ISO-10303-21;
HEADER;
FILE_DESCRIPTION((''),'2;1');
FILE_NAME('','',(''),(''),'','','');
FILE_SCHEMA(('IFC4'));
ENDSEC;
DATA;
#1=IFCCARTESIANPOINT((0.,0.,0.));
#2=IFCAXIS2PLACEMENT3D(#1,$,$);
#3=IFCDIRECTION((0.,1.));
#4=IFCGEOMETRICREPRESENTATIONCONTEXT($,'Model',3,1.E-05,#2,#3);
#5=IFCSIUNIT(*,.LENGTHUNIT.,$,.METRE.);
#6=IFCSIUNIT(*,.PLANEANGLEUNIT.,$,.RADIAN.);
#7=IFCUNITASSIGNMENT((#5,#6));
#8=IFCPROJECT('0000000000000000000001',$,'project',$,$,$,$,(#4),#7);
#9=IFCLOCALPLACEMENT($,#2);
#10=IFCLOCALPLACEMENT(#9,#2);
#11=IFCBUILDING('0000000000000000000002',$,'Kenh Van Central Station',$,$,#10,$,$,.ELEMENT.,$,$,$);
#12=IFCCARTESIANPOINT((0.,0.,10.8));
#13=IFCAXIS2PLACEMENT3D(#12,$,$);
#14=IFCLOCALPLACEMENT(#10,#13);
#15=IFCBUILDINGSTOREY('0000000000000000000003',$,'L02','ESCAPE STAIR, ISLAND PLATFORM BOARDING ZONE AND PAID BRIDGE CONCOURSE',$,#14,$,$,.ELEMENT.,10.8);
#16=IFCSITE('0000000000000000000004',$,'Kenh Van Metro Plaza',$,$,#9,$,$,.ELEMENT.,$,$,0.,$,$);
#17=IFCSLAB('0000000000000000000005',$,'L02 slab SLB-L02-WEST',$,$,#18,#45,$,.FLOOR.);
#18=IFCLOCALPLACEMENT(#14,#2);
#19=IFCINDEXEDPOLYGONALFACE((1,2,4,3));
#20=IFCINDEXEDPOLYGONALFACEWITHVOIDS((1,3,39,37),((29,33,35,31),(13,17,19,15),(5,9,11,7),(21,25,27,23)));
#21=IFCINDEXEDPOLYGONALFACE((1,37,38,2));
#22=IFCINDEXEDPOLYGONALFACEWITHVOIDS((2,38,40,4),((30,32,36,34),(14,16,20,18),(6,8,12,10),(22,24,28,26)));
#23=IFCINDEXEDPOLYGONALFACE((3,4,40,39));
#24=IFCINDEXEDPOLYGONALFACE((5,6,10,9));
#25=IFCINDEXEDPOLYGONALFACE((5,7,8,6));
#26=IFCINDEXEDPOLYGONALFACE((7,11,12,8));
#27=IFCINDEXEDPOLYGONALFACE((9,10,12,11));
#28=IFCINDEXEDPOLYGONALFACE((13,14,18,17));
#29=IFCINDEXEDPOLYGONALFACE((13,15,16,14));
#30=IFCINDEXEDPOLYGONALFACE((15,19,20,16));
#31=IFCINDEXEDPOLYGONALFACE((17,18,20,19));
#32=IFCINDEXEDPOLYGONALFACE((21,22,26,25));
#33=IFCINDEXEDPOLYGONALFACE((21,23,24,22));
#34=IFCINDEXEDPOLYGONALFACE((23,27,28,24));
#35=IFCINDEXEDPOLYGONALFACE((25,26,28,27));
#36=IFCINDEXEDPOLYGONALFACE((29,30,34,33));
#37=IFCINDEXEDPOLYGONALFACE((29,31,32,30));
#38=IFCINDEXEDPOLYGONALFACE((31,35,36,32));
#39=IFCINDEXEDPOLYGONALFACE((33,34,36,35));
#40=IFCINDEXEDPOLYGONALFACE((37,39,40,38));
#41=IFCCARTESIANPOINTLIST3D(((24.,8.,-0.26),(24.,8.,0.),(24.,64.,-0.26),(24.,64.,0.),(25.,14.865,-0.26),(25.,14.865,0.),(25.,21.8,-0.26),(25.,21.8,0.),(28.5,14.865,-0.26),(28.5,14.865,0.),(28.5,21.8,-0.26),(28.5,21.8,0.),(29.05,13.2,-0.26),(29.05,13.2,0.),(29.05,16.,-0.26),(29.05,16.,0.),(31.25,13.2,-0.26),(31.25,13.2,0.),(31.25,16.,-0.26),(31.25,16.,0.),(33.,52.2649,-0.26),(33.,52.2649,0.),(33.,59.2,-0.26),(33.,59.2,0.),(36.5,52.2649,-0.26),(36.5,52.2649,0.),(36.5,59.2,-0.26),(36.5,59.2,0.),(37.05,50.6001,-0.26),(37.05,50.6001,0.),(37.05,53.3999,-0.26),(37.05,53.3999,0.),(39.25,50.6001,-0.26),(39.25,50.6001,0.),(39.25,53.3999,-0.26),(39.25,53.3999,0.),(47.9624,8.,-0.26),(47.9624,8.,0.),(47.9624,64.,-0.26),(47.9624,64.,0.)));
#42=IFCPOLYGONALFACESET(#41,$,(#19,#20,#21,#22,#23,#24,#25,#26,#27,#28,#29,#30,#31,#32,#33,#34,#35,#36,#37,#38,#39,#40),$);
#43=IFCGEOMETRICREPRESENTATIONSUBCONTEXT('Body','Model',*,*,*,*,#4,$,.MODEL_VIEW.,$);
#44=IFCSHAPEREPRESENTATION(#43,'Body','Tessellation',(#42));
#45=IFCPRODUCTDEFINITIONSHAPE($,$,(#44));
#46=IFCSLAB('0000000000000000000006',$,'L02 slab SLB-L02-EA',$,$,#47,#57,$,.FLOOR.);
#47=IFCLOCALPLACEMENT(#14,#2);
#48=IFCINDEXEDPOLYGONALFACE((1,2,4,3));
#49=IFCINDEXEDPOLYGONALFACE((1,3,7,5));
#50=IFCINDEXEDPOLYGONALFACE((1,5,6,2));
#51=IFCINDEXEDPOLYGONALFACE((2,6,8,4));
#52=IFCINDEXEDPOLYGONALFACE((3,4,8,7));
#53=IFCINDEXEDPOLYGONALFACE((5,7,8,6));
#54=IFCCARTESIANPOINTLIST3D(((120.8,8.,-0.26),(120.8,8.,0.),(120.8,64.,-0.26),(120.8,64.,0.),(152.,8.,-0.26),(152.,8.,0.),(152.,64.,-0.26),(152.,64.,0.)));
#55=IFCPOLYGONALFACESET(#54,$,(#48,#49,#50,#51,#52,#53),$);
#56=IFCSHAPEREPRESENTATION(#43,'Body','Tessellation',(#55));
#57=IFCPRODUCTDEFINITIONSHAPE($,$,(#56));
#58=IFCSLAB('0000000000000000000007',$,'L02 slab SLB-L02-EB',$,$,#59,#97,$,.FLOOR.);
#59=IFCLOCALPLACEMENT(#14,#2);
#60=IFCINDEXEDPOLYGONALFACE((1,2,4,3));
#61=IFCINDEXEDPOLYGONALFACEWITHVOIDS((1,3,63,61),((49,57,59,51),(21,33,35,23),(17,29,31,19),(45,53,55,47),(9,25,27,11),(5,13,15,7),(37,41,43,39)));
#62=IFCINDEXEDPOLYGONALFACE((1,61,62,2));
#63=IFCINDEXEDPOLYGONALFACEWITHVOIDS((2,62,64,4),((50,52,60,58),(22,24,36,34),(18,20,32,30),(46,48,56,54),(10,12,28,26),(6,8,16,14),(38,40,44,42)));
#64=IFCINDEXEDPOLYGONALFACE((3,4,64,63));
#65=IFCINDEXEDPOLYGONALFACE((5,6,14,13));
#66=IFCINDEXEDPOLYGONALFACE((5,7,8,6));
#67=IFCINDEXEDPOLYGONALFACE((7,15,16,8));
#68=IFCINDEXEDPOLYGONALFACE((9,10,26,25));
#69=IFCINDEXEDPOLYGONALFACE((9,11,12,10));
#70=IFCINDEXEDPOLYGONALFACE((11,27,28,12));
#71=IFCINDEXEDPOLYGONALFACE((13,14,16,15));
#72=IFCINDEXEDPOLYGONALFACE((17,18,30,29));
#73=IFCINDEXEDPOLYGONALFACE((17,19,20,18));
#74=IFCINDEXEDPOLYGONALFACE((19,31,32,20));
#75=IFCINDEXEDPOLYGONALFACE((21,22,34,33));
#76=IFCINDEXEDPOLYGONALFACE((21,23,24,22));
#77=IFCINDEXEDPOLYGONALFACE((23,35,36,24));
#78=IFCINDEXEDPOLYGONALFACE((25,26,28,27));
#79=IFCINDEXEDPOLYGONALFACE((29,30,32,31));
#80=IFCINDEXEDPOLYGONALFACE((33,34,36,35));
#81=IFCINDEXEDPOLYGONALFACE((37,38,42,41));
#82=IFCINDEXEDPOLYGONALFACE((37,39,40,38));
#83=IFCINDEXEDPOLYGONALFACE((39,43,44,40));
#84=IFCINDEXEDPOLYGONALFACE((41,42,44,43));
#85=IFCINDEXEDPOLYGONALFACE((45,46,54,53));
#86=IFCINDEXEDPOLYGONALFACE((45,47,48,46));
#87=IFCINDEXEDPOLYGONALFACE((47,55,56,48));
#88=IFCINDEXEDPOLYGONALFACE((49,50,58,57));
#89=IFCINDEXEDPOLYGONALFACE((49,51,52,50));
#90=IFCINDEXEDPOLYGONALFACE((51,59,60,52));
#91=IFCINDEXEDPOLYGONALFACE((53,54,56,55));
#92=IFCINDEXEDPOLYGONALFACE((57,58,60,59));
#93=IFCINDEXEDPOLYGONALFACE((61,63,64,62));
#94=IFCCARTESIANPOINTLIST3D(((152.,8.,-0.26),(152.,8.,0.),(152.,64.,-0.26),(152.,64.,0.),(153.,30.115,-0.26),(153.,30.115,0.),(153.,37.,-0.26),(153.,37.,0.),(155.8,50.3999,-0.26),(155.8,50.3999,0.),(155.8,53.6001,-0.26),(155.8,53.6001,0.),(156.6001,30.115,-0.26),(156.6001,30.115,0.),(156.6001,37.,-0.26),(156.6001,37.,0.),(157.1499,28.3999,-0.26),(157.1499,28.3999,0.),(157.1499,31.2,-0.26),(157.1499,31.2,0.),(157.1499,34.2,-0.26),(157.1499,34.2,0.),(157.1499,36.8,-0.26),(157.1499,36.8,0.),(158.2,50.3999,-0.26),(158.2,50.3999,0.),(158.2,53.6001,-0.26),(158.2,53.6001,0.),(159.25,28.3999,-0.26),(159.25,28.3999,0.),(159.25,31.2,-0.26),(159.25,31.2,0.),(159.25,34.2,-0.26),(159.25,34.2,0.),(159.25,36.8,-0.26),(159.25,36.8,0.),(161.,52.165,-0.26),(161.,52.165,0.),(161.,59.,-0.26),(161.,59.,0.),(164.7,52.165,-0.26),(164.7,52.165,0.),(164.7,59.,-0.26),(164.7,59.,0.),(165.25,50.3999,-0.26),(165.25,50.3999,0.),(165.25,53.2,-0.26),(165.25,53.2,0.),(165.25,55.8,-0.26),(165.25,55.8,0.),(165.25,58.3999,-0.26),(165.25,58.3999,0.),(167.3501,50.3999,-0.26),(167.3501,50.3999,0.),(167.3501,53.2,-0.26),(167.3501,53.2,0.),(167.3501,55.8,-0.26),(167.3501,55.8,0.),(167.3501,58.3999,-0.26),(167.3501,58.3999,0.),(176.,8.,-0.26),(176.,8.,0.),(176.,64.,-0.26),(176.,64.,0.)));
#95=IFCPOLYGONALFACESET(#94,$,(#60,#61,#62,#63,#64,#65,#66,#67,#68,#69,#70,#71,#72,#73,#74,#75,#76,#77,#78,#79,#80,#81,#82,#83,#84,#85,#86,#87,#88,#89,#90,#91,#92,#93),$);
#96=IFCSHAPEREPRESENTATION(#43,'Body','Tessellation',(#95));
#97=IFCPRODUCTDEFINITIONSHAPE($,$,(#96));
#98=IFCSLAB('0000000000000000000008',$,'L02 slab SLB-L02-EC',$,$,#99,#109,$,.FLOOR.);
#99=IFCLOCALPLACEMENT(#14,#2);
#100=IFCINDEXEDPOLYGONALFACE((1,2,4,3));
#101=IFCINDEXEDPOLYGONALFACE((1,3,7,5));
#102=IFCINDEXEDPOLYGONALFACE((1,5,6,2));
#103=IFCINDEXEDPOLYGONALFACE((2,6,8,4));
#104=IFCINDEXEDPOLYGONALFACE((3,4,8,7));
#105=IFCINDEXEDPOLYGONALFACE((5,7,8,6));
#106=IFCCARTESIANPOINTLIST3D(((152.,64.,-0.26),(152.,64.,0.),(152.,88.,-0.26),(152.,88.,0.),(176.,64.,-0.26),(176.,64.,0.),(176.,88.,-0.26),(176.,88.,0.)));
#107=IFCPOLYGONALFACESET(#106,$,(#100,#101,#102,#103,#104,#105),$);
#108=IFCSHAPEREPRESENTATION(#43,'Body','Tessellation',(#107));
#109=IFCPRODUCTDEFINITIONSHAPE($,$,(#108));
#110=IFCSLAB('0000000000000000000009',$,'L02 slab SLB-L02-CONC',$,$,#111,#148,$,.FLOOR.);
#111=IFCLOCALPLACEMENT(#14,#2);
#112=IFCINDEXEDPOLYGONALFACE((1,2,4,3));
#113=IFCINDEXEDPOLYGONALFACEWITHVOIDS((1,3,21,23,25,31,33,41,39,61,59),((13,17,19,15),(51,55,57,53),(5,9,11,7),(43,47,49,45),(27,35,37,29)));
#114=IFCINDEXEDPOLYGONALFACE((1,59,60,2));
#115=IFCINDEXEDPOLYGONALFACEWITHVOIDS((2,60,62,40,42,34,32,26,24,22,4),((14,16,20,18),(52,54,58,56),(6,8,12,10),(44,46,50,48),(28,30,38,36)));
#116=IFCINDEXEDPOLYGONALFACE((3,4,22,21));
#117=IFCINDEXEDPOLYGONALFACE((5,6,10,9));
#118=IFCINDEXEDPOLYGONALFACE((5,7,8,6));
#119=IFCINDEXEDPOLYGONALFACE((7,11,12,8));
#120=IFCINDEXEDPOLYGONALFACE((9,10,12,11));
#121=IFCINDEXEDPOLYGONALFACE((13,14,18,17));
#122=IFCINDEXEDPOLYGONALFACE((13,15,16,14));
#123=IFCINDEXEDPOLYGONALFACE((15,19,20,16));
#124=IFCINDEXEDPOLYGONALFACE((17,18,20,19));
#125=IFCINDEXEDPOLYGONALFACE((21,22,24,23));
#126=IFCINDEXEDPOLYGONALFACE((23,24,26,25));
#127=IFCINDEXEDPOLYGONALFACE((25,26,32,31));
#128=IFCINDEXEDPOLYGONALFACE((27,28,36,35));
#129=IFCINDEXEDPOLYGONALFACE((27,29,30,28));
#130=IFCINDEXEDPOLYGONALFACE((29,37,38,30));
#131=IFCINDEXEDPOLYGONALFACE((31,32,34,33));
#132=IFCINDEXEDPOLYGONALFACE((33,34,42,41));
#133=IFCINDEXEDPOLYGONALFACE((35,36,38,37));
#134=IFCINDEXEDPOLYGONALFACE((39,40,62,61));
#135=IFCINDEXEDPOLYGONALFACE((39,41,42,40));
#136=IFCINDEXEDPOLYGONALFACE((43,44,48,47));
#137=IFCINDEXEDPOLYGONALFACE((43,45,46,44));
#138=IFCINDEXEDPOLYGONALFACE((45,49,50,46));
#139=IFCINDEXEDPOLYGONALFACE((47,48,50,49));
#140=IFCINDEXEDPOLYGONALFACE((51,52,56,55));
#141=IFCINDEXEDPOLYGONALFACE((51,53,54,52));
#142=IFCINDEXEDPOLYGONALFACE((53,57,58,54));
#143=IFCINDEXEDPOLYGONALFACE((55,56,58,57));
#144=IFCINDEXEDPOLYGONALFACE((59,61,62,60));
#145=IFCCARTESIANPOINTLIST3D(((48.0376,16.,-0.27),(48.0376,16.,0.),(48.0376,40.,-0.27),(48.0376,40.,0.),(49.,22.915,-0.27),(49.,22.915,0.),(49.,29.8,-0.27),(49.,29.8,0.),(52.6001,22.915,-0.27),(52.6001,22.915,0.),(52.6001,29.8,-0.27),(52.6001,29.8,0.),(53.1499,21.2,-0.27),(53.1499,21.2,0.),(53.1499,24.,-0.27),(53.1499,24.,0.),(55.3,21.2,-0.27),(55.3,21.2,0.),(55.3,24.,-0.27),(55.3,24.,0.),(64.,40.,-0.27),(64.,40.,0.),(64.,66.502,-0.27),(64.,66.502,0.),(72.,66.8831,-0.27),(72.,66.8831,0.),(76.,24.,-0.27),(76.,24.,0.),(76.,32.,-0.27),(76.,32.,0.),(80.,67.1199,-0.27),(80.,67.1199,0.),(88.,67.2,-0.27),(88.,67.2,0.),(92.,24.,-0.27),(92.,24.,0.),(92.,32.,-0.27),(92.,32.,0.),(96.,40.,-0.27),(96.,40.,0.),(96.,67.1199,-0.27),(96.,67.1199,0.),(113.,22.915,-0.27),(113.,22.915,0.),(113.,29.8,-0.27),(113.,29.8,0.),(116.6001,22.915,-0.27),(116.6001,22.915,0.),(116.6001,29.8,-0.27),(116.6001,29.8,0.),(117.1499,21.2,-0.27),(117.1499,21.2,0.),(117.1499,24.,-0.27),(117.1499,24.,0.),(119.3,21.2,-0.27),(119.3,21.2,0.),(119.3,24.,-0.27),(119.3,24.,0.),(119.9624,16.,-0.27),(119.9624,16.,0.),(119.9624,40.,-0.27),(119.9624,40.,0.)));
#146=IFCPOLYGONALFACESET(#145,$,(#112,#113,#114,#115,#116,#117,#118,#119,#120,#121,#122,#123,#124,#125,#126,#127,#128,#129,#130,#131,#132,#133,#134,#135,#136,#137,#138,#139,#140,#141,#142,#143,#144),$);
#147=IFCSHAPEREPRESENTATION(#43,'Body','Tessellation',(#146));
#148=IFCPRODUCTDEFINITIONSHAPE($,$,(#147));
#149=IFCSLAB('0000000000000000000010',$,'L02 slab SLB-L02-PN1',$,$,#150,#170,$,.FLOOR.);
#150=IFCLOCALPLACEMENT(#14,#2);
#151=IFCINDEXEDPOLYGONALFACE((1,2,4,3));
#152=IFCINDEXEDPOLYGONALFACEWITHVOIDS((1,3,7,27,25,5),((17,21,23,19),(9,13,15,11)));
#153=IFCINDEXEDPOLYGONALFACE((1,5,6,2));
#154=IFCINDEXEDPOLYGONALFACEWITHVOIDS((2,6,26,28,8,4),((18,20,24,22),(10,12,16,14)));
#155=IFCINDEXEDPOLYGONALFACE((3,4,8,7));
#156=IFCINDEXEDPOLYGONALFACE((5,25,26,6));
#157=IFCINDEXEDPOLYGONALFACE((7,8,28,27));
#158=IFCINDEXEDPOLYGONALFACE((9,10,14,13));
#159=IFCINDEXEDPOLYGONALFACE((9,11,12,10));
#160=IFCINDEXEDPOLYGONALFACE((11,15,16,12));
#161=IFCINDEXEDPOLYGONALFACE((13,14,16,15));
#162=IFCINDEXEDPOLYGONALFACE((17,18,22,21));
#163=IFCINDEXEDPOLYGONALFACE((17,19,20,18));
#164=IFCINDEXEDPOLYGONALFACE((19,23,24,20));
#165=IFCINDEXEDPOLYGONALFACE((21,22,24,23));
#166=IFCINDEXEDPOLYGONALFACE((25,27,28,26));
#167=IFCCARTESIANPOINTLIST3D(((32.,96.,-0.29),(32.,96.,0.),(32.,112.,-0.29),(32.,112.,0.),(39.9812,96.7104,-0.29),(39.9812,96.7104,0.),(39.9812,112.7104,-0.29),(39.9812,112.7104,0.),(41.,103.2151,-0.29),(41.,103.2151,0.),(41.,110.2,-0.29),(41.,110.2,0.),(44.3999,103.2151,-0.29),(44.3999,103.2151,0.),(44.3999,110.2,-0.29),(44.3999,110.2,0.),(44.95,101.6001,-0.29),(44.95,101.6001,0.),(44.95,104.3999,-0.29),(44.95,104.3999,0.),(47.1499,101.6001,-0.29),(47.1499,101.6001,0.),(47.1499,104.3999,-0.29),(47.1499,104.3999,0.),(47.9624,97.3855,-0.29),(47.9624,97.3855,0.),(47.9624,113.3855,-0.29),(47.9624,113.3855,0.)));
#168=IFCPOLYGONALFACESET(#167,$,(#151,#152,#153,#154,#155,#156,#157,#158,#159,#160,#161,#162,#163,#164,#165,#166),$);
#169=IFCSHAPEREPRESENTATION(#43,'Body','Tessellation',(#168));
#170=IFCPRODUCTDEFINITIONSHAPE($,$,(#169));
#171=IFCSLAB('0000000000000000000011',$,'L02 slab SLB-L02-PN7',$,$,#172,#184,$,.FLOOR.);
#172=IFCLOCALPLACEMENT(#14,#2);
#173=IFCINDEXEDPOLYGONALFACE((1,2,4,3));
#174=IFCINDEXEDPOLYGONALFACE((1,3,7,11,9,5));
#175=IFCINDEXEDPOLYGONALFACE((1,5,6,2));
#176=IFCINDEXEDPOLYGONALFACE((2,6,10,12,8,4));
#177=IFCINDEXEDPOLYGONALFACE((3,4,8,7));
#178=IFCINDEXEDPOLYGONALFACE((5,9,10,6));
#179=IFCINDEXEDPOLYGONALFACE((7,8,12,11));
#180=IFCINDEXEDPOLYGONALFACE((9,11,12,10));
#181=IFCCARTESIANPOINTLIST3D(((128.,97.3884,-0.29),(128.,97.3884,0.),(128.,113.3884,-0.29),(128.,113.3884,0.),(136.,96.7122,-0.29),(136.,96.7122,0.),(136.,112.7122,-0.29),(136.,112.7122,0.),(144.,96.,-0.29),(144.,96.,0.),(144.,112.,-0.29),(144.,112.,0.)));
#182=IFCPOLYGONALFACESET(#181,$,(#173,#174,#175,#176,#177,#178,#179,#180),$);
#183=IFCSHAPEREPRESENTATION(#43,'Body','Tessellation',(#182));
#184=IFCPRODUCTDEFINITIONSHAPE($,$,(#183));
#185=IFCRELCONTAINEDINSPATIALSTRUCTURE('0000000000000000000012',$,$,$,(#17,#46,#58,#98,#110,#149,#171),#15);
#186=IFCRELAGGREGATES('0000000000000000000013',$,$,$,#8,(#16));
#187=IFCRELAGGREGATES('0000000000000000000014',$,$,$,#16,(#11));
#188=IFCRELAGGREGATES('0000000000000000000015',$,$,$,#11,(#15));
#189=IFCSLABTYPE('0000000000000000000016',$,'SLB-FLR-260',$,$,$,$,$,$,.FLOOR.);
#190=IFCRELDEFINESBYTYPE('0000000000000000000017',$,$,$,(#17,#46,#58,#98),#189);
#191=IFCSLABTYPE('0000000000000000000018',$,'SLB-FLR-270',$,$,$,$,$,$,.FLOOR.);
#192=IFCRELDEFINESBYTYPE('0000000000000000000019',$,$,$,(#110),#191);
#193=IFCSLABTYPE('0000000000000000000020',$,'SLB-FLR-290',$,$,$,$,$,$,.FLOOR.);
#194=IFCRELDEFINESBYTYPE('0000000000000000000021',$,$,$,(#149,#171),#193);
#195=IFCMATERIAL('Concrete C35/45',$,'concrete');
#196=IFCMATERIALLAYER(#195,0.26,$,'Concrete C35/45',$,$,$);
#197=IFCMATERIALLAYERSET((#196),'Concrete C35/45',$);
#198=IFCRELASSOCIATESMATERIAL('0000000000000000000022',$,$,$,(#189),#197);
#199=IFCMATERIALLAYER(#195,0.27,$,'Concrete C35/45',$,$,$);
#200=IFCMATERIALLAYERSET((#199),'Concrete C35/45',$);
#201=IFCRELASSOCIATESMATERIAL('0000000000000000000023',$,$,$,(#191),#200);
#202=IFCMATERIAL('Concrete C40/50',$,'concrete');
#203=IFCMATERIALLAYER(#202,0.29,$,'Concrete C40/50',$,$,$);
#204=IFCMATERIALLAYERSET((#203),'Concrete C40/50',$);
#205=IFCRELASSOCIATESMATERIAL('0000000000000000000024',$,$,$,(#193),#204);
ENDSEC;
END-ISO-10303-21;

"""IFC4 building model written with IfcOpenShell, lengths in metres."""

from ifc_helpers import new_model, si_unit, direction, frame, origin, place, context, subcontext, project, spatial, polyline, outline, extrude, material, layer, layer_set, type_object, element, save


model = new_model("IFC4")

# Units and contexts
model_context = context("Model", 3, precision=1e-05, world=origin(), true_north=direction((0.0, 1.0)))
body_context = subcontext(model_context, "Body", "Model", "MODEL_VIEW")
ifc_project = project(units=[si_unit("LENGTHUNIT", "METRE"), si_unit("PLANEANGLEUNIT", "RADIAN")], contexts=[model_context])

# Site, building, storey
site_placement = place(None, origin())
site = spatial("IfcSite", under=ifc_project, at=site_placement, Name="Kenh Van Metro Plaza", CompositionType="ELEMENT", RefElevation=0.0)
building_placement = place(site_placement, origin())
building = spatial("IfcBuilding", under=site, at=building_placement, Name="Kenh Van Central Station", CompositionType="ELEMENT")
storey_placement = place(building_placement, frame((0.0, 0.0, 10.8)))
storey = spatial("IfcBuildingStorey", under=building, at=storey_placement, Name="L02", Description="ESCAPE STAIR, ISLAND PLATFORM BOARDING ZONE AND PAID BRIDGE CONCOURSE", CompositionType="ELEMENT", Elevation=10.8)

# Slabs
ifc_material_1 = material(Name="Concrete C35/45", Category="concrete")
ifc_layer_1 = layer(ifc_material_1, 0.26, Name="Concrete C35/45")
ifc_layer_set_1 = layer_set([ifc_layer_1], Name="Concrete C35/45")
slab_type_1 = type_object("IfcSlabType", Name="SLB-FLR-260", PredefinedType="FLOOR", material=ifc_layer_set_1)
slab_1_placement = place(storey_placement, frame((0.0, 0.0, -0.26)))
element("IfcSlab", 1, at=slab_1_placement, inside=storey, type_object=slab_type_1, Name="L02 slab SLB-L02-WEST", PredefinedType="FLOOR", context=body_context, shape_type="SweptSolid", body=[
    extrude(outline(polyline([(24.0, 8.0), (47.9624, 8.0), (47.9624, 64.0), (24.0, 64.0), (24.0, 8.0)]), holes=[polyline([(37.05, 50.6001), (37.05, 53.3999), (39.25, 53.3999), (39.25, 50.6001), (37.05, 50.6001)]), polyline([(33.0, 52.2649), (33.0, 59.2), (36.5, 59.2), (36.5, 52.2649), (33.0, 52.2649)]), polyline([(31.25, 13.2), (29.05, 13.2), (29.05, 16.0), (31.25, 16.0), (31.25, 13.2)]), polyline([(25.0, 14.865), (25.0, 21.8), (28.5, 21.8), (28.5, 14.865), (25.0, 14.865)])]), origin(), (0.0, 0.0, 1.0), 0.26),
])
slab_2_placement = place(storey_placement, frame((0.0, 0.0, -0.26)))
element("IfcSlab", 2, at=slab_2_placement, inside=storey, type_object=slab_type_1, Name="L02 slab SLB-L02-EA", PredefinedType="FLOOR", context=body_context, shape_type="SweptSolid", body=[
    extrude(outline(polyline([(120.8, 8.0), (152.0, 8.0), (152.0, 64.0), (120.8, 64.0), (120.8, 8.0)])), origin(), (0.0, 0.0, 1.0), 0.26),
])
slab_3_placement = place(storey_placement, frame((0.0, 0.0, -0.26)))
element("IfcSlab", 3, at=slab_3_placement, inside=storey, type_object=slab_type_1, Name="L02 slab SLB-L02-EB", PredefinedType="FLOOR", context=body_context, shape_type="SweptSolid", body=[
    extrude(outline(polyline([(152.0, 8.0), (176.0, 8.0), (176.0, 64.0), (152.0, 64.0), (152.0, 8.0)]), holes=[polyline([(167.3501, 50.3999), (165.25, 50.3999), (165.25, 53.2), (167.3501, 53.2), (167.3501, 50.3999)]), polyline([(167.3501, 55.8), (165.25, 55.8), (165.25, 58.3999), (167.3501, 58.3999), (167.3501, 55.8)]), polyline([(161.0, 52.165), (161.0, 59.0), (164.7, 59.0), (164.7, 52.165), (161.0, 52.165)]), polyline([(159.25, 28.3999), (157.1499, 28.3999), (157.1499, 31.2), (159.25, 31.2), (159.25, 28.3999)]), polyline([(157.1499, 34.2), (157.1499, 36.8), (159.25, 36.8), (159.25, 34.2), (157.1499, 34.2)]), polyline([(155.8, 50.3999), (155.8, 53.6001), (158.2, 53.6001), (158.2, 50.3999), (155.8, 50.3999)]), polyline([(153.0, 30.115), (153.0, 37.0), (156.6001, 37.0), (156.6001, 30.115), (153.0, 30.115)])]), origin(), (0.0, 0.0, 1.0), 0.26),
])
slab_4_placement = place(storey_placement, frame((0.0, 0.0, -0.26)))
element("IfcSlab", 4, at=slab_4_placement, inside=storey, type_object=slab_type_1, Name="L02 slab SLB-L02-EC", PredefinedType="FLOOR", context=body_context, shape_type="SweptSolid", body=[
    extrude(outline(polyline([(152.0, 64.0), (176.0, 64.0), (176.0, 88.0), (152.0, 88.0), (152.0, 64.0)])), origin(), (0.0, 0.0, 1.0), 0.26),
])
ifc_layer_2 = layer(ifc_material_1, 0.27, Name="Concrete C35/45")
ifc_layer_set_2 = layer_set([ifc_layer_2], Name="Concrete C35/45")
slab_type_2 = type_object("IfcSlabType", Name="SLB-FLR-270", PredefinedType="FLOOR", material=ifc_layer_set_2)
slab_5_placement = place(storey_placement, frame((0.0, 0.0, -0.27)))
element("IfcSlab", 5, at=slab_5_placement, inside=storey, type_object=slab_type_2, Name="L02 slab SLB-L02-CONC", PredefinedType="FLOOR", context=body_context, shape_type="SweptSolid", body=[
    extrude(outline(polyline([(48.0376, 16.0), (119.9624, 16.0), (119.9624, 40.0), (96.0, 40.0), (96.0, 67.1199), (88.0, 67.2), (80.0, 67.1199), (72.0, 66.8831), (64.0, 66.502), (64.0, 40.0), (48.0376, 40.0), (48.0376, 16.0)]), holes=[polyline([(119.3, 21.2), (117.1499, 21.2), (117.1499, 24.0), (119.3, 24.0), (119.3, 21.2)]), polyline([(113.0, 22.915), (113.0, 29.8), (116.6001, 29.8), (116.6001, 22.915), (113.0, 22.915)]), polyline([(76.0, 24.0), (76.0, 32.0), (92.0, 32.0), (92.0, 24.0), (76.0, 24.0)]), polyline([(53.1499, 21.2), (53.1499, 24.0), (55.3, 24.0), (55.3, 21.2), (53.1499, 21.2)]), polyline([(52.6001, 22.915), (49.0, 22.915), (49.0, 29.8), (52.6001, 29.8), (52.6001, 22.915)])]), origin(), (0.0, 0.0, 1.0), 0.27),
])
ifc_material_2 = material(Name="Concrete C40/50", Category="concrete")
ifc_layer_3 = layer(ifc_material_2, 0.29, Name="Concrete C40/50")
ifc_layer_set_3 = layer_set([ifc_layer_3], Name="Concrete C40/50")
slab_type_3 = type_object("IfcSlabType", Name="SLB-FLR-290", PredefinedType="FLOOR", material=ifc_layer_set_3)
slab_6_placement = place(storey_placement, frame((0.0, 0.0, -0.29)))
element("IfcSlab", 6, at=slab_6_placement, inside=storey, type_object=slab_type_3, Name="L02 slab SLB-L02-PN1", PredefinedType="FLOOR", context=body_context, shape_type="SweptSolid", body=[
    extrude(outline(polyline([(32.0, 96.0), (39.9812, 96.7104), (47.9624, 97.3855), (47.9624, 113.3855), (39.9812, 112.7104), (32.0, 112.0), (32.0, 96.0)]), holes=[polyline([(47.1499, 101.6001), (44.95, 101.6001), (44.95, 104.3999), (47.1499, 104.3999), (47.1499, 101.6001)]), polyline([(41.0, 103.2151), (41.0, 110.2), (44.3999, 110.2), (44.3999, 103.2151), (41.0, 103.2151)])]), origin(), (0.0, 0.0, 1.0), 0.29),
])
slab_7_placement = place(storey_placement, frame((0.0, 0.0, -0.29)))
element("IfcSlab", 7, at=slab_7_placement, inside=storey, type_object=slab_type_3, Name="L02 slab SLB-L02-PN7", PredefinedType="FLOOR", context=body_context, shape_type="SweptSolid", body=[
    extrude(outline(polyline([(128.0, 97.3884), (136.0, 96.7122), (144.0, 96.0), (144.0, 112.0), (136.0, 112.7122), (128.0, 113.3884), (128.0, 97.3884)])), origin(), (0.0, 0.0, 1.0), 0.29),
])

save(model, "model.ifc")
